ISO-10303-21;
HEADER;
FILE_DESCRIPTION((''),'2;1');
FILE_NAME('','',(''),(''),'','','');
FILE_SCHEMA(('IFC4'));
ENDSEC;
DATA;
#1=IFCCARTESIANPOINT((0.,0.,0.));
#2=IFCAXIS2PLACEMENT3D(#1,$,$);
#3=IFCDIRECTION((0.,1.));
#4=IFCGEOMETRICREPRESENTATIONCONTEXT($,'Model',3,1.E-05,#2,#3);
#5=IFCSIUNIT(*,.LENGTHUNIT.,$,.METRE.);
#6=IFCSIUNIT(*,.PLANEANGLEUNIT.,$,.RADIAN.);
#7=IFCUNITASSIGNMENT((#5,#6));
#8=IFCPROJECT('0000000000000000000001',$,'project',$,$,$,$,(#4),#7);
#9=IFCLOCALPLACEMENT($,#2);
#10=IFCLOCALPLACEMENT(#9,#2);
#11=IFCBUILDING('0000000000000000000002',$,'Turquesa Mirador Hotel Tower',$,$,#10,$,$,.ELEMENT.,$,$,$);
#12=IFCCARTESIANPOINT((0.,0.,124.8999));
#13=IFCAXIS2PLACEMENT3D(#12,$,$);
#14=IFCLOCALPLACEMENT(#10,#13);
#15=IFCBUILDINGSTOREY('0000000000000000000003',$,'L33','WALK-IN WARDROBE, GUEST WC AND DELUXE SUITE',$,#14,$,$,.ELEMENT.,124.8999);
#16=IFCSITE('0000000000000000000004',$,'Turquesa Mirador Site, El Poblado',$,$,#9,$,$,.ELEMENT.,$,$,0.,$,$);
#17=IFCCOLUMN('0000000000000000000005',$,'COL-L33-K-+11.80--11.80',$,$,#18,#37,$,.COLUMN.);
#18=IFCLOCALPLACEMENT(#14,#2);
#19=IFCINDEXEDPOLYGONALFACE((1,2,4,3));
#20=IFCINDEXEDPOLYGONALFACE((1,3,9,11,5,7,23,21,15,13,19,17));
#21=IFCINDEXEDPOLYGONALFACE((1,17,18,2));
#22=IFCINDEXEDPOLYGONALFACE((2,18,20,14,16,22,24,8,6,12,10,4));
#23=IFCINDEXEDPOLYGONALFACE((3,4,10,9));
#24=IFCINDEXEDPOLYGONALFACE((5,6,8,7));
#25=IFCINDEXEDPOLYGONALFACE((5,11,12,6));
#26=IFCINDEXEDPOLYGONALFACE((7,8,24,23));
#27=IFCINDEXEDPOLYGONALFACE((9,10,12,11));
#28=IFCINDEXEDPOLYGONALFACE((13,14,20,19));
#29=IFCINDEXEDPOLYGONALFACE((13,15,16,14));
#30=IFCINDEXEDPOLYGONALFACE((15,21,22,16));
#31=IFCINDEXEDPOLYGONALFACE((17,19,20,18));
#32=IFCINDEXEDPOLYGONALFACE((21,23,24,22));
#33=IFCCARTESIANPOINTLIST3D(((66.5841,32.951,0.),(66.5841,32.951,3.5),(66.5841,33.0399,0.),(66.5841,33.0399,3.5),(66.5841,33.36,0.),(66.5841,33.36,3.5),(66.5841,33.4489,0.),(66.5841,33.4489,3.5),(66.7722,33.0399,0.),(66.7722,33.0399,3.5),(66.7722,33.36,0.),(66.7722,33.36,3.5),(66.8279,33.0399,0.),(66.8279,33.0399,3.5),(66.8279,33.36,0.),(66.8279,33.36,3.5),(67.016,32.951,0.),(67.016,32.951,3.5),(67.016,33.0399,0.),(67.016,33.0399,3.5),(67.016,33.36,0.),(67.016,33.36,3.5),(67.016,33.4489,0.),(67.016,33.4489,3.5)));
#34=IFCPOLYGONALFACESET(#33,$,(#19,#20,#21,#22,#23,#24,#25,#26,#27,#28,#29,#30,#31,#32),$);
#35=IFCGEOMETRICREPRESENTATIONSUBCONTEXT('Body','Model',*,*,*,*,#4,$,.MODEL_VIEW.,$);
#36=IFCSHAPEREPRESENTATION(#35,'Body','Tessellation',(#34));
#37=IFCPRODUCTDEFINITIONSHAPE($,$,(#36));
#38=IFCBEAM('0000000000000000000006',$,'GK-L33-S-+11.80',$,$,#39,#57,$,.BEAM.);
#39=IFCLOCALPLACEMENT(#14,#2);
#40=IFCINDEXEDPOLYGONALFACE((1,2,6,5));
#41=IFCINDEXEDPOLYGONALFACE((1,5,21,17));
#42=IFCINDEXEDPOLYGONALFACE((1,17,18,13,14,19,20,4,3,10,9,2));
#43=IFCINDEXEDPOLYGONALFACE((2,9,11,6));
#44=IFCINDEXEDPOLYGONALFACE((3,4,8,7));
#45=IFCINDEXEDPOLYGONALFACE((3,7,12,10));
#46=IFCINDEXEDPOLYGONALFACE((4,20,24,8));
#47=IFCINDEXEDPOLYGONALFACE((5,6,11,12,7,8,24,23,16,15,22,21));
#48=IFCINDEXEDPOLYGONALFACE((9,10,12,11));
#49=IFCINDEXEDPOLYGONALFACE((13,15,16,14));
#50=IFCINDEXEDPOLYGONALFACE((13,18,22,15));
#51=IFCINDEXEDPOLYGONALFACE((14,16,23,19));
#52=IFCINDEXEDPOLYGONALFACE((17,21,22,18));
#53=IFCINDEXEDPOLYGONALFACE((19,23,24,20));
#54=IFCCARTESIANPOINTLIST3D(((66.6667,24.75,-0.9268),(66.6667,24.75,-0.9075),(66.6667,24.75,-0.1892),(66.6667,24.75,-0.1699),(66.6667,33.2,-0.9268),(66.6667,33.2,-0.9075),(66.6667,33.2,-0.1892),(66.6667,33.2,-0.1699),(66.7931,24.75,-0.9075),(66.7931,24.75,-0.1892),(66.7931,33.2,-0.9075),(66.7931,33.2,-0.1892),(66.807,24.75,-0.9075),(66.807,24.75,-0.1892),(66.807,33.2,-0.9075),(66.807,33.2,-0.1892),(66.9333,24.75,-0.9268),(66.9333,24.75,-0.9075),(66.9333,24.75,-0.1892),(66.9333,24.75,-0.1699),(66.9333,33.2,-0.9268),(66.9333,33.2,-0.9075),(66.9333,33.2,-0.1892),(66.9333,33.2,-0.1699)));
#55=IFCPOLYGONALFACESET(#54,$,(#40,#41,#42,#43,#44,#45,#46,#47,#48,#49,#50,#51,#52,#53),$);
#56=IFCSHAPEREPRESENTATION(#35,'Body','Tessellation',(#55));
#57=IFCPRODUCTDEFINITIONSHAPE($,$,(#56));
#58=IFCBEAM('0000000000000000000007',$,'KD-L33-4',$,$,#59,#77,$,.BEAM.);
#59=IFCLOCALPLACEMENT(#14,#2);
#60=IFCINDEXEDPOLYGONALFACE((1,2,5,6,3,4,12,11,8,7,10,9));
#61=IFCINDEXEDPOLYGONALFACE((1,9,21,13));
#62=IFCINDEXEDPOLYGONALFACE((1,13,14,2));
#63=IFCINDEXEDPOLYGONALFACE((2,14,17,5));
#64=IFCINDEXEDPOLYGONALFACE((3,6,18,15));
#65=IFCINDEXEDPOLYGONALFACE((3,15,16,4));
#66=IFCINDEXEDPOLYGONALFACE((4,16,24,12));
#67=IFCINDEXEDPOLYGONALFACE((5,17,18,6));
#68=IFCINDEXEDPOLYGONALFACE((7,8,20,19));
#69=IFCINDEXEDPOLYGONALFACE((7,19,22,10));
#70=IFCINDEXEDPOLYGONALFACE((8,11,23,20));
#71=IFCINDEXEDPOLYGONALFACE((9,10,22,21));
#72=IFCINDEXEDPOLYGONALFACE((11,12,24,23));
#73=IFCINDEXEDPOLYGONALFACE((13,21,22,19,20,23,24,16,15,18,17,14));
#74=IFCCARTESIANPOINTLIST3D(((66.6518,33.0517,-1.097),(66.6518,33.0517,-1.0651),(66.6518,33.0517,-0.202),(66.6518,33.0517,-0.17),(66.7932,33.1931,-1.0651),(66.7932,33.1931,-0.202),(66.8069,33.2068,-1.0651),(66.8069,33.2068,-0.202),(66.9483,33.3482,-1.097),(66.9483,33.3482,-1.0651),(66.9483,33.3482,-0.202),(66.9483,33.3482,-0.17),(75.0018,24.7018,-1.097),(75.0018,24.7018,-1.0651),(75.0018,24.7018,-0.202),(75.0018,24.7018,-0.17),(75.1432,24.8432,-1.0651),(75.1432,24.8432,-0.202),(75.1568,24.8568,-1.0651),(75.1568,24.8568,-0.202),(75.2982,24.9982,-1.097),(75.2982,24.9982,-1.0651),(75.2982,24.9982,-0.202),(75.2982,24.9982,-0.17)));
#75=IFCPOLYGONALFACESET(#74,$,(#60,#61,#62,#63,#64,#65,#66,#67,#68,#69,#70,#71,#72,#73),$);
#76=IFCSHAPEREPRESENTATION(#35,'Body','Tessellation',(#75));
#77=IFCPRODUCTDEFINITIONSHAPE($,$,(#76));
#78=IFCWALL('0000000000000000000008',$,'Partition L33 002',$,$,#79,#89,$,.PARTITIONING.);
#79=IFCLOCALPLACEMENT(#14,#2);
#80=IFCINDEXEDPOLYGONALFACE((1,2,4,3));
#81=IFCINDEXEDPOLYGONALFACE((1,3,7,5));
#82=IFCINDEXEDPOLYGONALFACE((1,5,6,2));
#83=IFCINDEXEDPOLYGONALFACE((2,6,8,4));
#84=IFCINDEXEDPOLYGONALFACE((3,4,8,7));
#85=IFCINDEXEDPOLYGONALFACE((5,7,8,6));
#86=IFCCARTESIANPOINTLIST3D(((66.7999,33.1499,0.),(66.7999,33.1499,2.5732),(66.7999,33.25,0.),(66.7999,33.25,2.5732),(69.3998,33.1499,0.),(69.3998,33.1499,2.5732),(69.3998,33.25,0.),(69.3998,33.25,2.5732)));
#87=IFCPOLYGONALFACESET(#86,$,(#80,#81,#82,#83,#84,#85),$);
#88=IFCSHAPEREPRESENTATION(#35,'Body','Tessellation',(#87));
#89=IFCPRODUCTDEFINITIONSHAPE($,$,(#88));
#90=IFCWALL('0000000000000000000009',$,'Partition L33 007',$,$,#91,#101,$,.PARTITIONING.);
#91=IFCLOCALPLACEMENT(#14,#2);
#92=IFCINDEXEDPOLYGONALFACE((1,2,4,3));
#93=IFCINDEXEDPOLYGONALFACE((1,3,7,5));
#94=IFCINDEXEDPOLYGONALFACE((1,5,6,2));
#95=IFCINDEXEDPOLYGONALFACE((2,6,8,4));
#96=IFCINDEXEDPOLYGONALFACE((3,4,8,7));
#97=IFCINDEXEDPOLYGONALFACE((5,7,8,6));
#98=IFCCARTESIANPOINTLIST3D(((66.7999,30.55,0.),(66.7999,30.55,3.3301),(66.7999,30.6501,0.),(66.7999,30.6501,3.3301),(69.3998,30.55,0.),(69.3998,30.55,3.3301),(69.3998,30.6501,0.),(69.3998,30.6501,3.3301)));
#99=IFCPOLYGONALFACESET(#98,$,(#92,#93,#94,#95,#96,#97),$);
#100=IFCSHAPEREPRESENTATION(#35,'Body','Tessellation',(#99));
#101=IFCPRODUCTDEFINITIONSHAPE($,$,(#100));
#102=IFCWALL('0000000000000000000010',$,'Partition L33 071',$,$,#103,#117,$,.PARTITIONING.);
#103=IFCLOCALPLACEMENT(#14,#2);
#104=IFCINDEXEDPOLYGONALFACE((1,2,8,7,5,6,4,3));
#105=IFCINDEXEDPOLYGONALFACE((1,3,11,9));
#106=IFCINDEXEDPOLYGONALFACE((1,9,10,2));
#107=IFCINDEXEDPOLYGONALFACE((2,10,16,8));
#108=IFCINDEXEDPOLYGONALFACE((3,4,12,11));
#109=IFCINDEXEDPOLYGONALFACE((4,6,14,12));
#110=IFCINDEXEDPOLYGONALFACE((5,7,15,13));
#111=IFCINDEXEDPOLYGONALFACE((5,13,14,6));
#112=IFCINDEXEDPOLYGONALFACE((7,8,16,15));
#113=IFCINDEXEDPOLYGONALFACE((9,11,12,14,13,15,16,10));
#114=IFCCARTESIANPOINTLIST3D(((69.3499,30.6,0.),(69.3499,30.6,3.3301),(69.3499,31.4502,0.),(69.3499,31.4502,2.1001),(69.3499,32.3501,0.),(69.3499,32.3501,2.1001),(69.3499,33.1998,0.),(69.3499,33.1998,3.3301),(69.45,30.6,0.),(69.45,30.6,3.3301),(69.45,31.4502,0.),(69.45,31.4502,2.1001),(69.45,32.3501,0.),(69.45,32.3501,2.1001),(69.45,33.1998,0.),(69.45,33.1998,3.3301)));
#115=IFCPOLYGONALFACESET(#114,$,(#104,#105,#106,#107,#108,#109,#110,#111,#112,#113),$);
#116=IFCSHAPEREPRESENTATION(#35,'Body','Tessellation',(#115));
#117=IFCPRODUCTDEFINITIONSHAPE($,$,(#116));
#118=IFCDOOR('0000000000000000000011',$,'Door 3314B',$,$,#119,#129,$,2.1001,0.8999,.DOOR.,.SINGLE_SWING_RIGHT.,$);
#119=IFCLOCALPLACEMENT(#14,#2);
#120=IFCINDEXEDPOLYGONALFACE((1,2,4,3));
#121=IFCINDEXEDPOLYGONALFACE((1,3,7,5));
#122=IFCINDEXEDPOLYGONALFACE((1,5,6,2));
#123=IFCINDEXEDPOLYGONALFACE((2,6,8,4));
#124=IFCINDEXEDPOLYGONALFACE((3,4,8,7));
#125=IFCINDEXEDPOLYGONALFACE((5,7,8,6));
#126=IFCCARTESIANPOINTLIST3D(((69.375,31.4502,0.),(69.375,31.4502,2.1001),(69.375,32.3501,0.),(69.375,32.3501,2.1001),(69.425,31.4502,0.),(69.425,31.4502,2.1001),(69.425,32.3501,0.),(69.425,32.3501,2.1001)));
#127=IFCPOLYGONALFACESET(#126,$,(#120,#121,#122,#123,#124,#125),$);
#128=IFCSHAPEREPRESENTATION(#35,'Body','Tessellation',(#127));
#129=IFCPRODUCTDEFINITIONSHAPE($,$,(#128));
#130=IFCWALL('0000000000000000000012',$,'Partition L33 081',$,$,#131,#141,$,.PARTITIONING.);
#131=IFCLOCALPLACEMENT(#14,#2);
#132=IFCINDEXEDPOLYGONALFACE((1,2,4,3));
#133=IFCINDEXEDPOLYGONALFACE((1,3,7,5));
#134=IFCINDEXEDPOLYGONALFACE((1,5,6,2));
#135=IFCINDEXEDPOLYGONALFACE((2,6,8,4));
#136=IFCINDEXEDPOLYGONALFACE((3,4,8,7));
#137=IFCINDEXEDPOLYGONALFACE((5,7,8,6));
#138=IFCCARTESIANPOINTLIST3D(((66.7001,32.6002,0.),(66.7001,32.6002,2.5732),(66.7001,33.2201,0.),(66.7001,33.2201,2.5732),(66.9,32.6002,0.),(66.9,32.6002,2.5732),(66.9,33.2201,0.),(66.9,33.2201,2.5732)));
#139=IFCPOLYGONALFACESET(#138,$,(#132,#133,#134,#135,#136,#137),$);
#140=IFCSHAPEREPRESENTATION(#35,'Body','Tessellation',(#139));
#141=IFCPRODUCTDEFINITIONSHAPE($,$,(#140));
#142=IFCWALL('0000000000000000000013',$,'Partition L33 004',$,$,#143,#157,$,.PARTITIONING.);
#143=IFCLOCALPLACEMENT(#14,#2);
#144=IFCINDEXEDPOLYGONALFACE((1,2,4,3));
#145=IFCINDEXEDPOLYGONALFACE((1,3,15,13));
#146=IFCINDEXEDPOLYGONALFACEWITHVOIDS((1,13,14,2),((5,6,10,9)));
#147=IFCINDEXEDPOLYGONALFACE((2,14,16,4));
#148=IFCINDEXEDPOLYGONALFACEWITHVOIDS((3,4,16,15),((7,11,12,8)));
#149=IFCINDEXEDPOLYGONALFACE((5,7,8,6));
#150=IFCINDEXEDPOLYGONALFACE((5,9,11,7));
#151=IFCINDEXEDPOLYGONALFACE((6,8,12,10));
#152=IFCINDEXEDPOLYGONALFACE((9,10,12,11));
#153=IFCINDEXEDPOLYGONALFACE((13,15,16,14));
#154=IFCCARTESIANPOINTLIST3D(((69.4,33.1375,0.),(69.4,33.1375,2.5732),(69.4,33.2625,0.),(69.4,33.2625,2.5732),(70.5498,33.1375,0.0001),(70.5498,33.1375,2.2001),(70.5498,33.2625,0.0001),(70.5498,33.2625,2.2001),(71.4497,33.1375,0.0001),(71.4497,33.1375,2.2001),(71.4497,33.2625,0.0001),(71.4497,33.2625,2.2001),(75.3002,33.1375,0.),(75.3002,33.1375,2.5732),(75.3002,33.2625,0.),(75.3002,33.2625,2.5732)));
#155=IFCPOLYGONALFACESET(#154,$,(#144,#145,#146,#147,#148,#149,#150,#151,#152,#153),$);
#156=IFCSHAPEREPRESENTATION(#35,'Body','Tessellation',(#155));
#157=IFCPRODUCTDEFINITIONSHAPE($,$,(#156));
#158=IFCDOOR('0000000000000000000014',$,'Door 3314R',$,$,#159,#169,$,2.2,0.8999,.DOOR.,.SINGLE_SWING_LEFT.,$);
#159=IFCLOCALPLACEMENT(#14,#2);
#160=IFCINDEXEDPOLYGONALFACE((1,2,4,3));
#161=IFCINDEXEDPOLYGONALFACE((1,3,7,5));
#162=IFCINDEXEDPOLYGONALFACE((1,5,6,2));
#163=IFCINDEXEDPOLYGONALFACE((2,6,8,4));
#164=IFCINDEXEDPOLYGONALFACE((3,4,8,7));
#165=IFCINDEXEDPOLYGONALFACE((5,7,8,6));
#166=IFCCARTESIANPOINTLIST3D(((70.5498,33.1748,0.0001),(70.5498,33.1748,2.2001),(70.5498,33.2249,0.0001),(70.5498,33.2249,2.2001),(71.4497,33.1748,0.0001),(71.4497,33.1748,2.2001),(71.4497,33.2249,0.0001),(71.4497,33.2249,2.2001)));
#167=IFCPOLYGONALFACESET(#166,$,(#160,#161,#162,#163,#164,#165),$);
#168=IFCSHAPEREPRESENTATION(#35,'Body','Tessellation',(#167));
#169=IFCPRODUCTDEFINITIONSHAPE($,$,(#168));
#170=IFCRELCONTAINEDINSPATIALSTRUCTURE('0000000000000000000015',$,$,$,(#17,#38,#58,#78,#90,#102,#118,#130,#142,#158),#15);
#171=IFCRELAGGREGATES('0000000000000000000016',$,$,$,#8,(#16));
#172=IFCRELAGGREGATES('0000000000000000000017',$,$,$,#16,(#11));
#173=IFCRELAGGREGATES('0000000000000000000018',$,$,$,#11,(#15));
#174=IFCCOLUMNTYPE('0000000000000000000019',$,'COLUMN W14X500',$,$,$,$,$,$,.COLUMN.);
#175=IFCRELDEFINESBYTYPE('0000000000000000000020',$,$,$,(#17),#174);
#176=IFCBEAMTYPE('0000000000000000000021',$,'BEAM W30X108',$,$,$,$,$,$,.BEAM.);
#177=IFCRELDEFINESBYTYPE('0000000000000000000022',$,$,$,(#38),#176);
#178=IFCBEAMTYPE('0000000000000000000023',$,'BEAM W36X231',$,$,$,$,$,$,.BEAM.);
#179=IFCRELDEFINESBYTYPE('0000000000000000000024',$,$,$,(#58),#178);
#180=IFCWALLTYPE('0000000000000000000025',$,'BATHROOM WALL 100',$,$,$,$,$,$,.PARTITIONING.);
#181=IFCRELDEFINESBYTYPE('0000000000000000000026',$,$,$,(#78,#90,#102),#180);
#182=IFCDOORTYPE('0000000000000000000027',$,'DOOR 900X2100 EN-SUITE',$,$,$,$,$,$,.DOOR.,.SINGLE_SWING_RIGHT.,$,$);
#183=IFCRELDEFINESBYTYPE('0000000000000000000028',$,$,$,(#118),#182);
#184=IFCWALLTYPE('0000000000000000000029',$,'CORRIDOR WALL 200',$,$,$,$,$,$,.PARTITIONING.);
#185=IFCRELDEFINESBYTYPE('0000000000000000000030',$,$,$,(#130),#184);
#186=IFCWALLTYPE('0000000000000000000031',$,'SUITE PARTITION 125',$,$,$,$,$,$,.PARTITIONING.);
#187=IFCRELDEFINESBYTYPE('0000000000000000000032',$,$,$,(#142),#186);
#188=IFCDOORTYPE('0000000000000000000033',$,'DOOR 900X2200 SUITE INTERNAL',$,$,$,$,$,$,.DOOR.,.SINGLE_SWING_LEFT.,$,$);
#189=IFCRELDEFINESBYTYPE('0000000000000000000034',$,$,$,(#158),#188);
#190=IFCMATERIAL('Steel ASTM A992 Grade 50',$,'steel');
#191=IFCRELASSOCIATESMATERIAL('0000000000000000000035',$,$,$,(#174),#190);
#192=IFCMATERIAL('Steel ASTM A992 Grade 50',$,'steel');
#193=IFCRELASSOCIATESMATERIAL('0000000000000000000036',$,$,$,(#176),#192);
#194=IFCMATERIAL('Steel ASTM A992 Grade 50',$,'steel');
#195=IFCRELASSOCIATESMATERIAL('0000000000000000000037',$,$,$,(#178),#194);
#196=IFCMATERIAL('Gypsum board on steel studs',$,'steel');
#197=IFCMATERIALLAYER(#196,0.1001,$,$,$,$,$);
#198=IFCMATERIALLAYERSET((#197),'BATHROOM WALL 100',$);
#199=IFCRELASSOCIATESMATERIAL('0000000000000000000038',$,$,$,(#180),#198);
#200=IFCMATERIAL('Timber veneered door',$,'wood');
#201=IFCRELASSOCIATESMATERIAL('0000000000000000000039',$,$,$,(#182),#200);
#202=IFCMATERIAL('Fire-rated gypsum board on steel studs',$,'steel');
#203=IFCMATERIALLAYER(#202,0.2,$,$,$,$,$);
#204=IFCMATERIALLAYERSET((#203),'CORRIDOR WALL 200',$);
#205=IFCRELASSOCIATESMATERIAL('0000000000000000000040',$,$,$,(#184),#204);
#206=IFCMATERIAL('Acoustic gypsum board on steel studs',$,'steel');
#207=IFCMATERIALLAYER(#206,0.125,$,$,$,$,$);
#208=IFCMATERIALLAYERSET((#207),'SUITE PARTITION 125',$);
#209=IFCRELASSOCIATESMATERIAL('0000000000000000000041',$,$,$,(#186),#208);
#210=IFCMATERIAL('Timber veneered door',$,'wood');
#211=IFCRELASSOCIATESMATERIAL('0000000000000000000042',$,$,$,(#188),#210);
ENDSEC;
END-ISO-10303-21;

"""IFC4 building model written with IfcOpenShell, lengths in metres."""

from ifc_helpers import new_model, si_unit, direction, frame, frame_2d, origin, origin_2d, place, context, subcontext, project, spatial, rectangle, i_section, extrude, material, layer, layer_set, material_profile, profile_set, type_object, element, fill, save


model = new_model("IFC4")

# Units and contexts
model_context = context("Model", 3, precision=1e-05, world=origin(), true_north=direction((0.0, 1.0)))
body_context = subcontext(model_context, "Body", "Model", "MODEL_VIEW")
ifc_project = project(units=[si_unit("LENGTHUNIT", "METRE"), si_unit("PLANEANGLEUNIT", "RADIAN")], contexts=[model_context])

# Site, building, storey
site_placement = place(None, origin())
site = spatial("IfcSite", under=ifc_project, at=site_placement, Name="Turquesa Mirador Site, El Poblado", CompositionType="ELEMENT", RefElevation=0.0)
building_placement = place(site_placement, origin())
building = spatial("IfcBuilding", under=site, at=building_placement, Name="Turquesa Mirador Hotel Tower", CompositionType="ELEMENT")
storey_placement = place(building_placement, frame((0.0, 0.0, 124.8999)))
storey = spatial("IfcBuildingStorey", under=building, at=storey_placement, Name="L33", Description="WALK-IN WARDROBE, GUEST WC AND DELUXE SUITE", CompositionType="ELEMENT", Elevation=124.8999)

# Column
ifc_material_1 = material(Name="Steel ASTM A992 Grade 50", Category="steel")
ifc_material_profile_1 = material_profile(ifc_material_1, i_section(OverallWidth=0.4319, OverallDepth=0.4978, WebThickness=0.0557, FlangeThickness=0.0889, at=origin_2d()), Name="W14X500")
ifc_profile_set_1 = profile_set([ifc_material_profile_1], Name="Steel ASTM A992 Grade 50")
column_type = type_object("IfcColumnType", Name="COLUMN W14X500", PredefinedType="COLUMN", material=ifc_profile_set_1)
column_placement = place(storey_placement, frame((66.8, 33.2, 0.0), z_axis=(0.0, 0.0, 1.0), x_axis=(1.0, 0.0, 0.0)))
element("IfcColumn", 1, at=column_placement, inside=storey, type_object=column_type, Name="COL-L33-K-+11.80--11.80", PredefinedType="COLUMN", context=body_context, shape_type="SweptSolid", body=[
    extrude(i_section(OverallWidth=0.4319, OverallDepth=0.4978, WebThickness=0.0557, FlangeThickness=0.0889, at=origin_2d()), origin(), (0.0, 0.0, 1.0), 3.5),
])

# Beams
ifc_material_2 = material(Name="Steel ASTM A992 Grade 50", Category="steel")
ifc_material_profile_2 = material_profile(ifc_material_2, i_section(OverallWidth=0.2666, OverallDepth=0.7568, WebThickness=0.0139, FlangeThickness=0.0193, at=origin_2d()), Name="W30X108")
ifc_profile_set_2 = profile_set([ifc_material_profile_2], Name="Steel ASTM A992 Grade 50")
beam_type_1 = type_object("IfcBeamType", Name="BEAM W30X108", PredefinedType="BEAM", material=ifc_profile_set_2)
beam_1_placement = place(storey_placement, frame((66.8, 24.75, -0.5483), z_axis=(0.0, 1.0, 0.0), x_axis=(-1.0, 0.0, 0.0)))
element("IfcBeam", 2, at=beam_1_placement, inside=storey, type_object=beam_type_1, Name="GK-L33-S-+11.80", PredefinedType="BEAM", context=body_context, shape_type="SweptSolid", body=[
    extrude(i_section(OverallWidth=0.2666, OverallDepth=0.7568, WebThickness=0.0139, FlangeThickness=0.0193, at=origin_2d()), origin(), (0.0, 0.0, 1.0), 8.45),
])
ifc_material_3 = material(Name="Steel ASTM A992 Grade 50", Category="steel")
ifc_material_profile_3 = material_profile(ifc_material_3, i_section(OverallWidth=0.4192, OverallDepth=0.927, WebThickness=0.0193, FlangeThickness=0.032, at=origin_2d()), Name="W36X231")
ifc_profile_set_3 = profile_set([ifc_material_profile_3], Name="Steel ASTM A992 Grade 50")
beam_type_2 = type_object("IfcBeamType", Name="BEAM W36X231", PredefinedType="BEAM", material=ifc_profile_set_3)
beam_2_placement = place(storey_placement, frame((66.8, 33.2, -0.6335), z_axis=(0.707107, -0.707107, 0.0), x_axis=(0.707107, 0.707107, 0.0)))
element("IfcBeam", 3, at=beam_2_placement, inside=storey, type_object=beam_type_2, Name="KD-L33-4", PredefinedType="BEAM", context=body_context, shape_type="SweptSolid", body=[
    extrude(i_section(OverallWidth=0.4192, OverallDepth=0.927, WebThickness=0.0193, FlangeThickness=0.032, at=origin_2d()), origin(), (0.0, 0.0, 1.0), 11.8086),
])

# Walls
ifc_material_4 = material(Name="Gypsum board on steel studs", Category="steel")
ifc_layer_1 = layer(ifc_material_4, 0.1001)
ifc_layer_set_1 = layer_set([ifc_layer_1], Name="BATHROOM WALL 100")
wall_type_1 = type_object("IfcWallType", Name="BATHROOM WALL 100", PredefinedType="PARTITIONING", material=ifc_layer_set_1)
wall_1_placement = place(storey_placement, frame((66.8, 33.2, 0.0), z_axis=(0.0, 0.0, 1.0), x_axis=(1.0, 0.0, 0.0)))
element("IfcWall", 4, at=wall_1_placement, inside=storey, type_object=wall_type_1, Name="Partition L33 002", PredefinedType="PARTITIONING", context=body_context, shape_type="SweptSolid", body=[
    extrude(rectangle(XDim=2.5999, YDim=0.1001, at=frame_2d((1.2998, 0.0))), origin(), (0.0, 0.0, 1.0), 2.5732),
])
wall_2_placement = place(storey_placement, frame((66.8, 30.6001, 0.0), z_axis=(0.0, 0.0, 1.0), x_axis=(1.0, 0.0, 0.0)))
element("IfcWall", 5, at=wall_2_placement, inside=storey, type_object=wall_type_1, Name="Partition L33 007", PredefinedType="PARTITIONING", context=body_context, shape_type="SweptSolid", body=[
    extrude(rectangle(XDim=2.5999, YDim=0.1001, at=frame_2d((1.2998, 0.0))), origin(), (0.0, 0.0, 1.0), 3.3301),
])

# Wall, opening, door
wall_3_placement = place(storey_placement, frame((69.3999, 30.6001, 0.0), z_axis=(0.0, 0.0, 1.0), x_axis=(0.0, 1.0, 0.0)))
wall_3 = element("IfcWall", 6, at=wall_3_placement, inside=storey, type_object=wall_type_1, Name="Partition L33 071", PredefinedType="PARTITIONING", context=body_context, shape_type="SweptSolid", body=[
    extrude(rectangle(XDim=2.5999, YDim=0.1001, at=frame_2d((1.2998, 0.0))), origin(), (0.0, 0.0, 1.0), 3.3301),
])
opening_1_placement = place(wall_3_placement, frame((0.8501, 0.0, 0.0)))
opening_1 = element("IfcOpeningElement", 7, at=opening_1_placement, cuts=wall_3, PredefinedType="OPENING", context=body_context, shape_type="SweptSolid", body=[
    extrude(rectangle(XDim=0.8999, YDim=2.1001, at=frame_2d((0.45, 1.05))), frame((0.0, 0.0601, 0.0), z_axis=(0.0, -1.0, 0.0), x_axis=(1.0, 0.0, 0.0)), (0.0, 0.0, 1.0), 0.1201),
])
ifc_material_5 = material(Name="Timber veneered door", Category="wood")
door_type_1 = type_object("IfcDoorType", Name="DOOR 900X2100 EN-SUITE", OperationType="SINGLE_SWING_RIGHT", PredefinedType="DOOR", material=ifc_material_5)
door_1_placement = place(opening_1_placement, origin())
door_1 = element("IfcDoor", 8, at=door_1_placement, inside=storey, type_object=door_type_1, Name="Door 3314B", OperationType="SINGLE_SWING_RIGHT", OverallHeight=2.1001, OverallWidth=0.8999, PredefinedType="DOOR", context=body_context, shape_type="SweptSolid", body=[
    extrude(rectangle(XDim=0.8999, YDim=2.1001, at=frame_2d((0.45, 1.05))), frame((0.0, 0.0249, 0.0), z_axis=(0.0, -1.0, 0.0), x_axis=(1.0, 0.0, 0.0)), (0.0, 0.0, 1.0), 0.05),
])
fill(opening_1, door_1)

# Wall
ifc_material_6 = material(Name="Fire-rated gypsum board on steel studs", Category="steel")
ifc_layer_2 = layer(ifc_material_6, 0.2)
ifc_layer_set_2 = layer_set([ifc_layer_2], Name="CORRIDOR WALL 200")
wall_type_2 = type_object("IfcWallType", Name="CORRIDOR WALL 200", PredefinedType="PARTITIONING", material=ifc_layer_set_2)
wall_4_placement = place(storey_placement, frame((66.8, 32.6001, 0.0), z_axis=(0.0, 0.0, 1.0), x_axis=(0.0, 1.0, 0.0)))
element("IfcWall", 9, at=wall_4_placement, inside=storey, type_object=wall_type_2, Name="Partition L33 081", PredefinedType="PARTITIONING", context=body_context, shape_type="SweptSolid", body=[
    extrude(rectangle(XDim=0.6199, YDim=0.2, at=frame_2d((0.3101, 0.0))), origin(), (0.0, 0.0, 1.0), 2.5732),
])

# Wall, opening, door
ifc_material_7 = material(Name="Acoustic gypsum board on steel studs", Category="steel")
ifc_layer_3 = layer(ifc_material_7, 0.125)
ifc_layer_set_3 = layer_set([ifc_layer_3], Name="SUITE PARTITION 125")
wall_type_3 = type_object("IfcWallType", Name="SUITE PARTITION 125", PredefinedType="PARTITIONING", material=ifc_layer_set_3)
wall_5_placement = place(storey_placement, frame((69.3999, 33.2, 0.0), z_axis=(0.0, 0.0, 1.0), x_axis=(1.0, 0.0, 0.0)))
wall_5 = element("IfcWall", 10, at=wall_5_placement, inside=storey, type_object=wall_type_3, Name="Partition L33 004", PredefinedType="PARTITIONING", context=body_context, shape_type="SweptSolid", body=[
    extrude(rectangle(XDim=5.9001, YDim=0.125, at=frame_2d((2.9502, 0.0))), origin(), (0.0, 0.0, 1.0), 2.5732),
])
opening_2_placement = place(wall_5_placement, frame((1.1499, 0.0, 0.0)))
opening_2 = element("IfcOpeningElement", 11, at=opening_2_placement, cuts=wall_5, PredefinedType="OPENING", context=body_context, shape_type="SweptSolid", body=[
    extrude(rectangle(XDim=0.8999, YDim=2.2, at=frame_2d((0.45, 1.1001))), frame((0.0, 0.0725, 0.0), z_axis=(0.0, -1.0, 0.0), x_axis=(1.0, 0.0, 0.0)), (0.0, 0.0, 1.0), 0.145),
])
ifc_material_8 = material(Name="Timber veneered door", Category="wood")
door_type_2 = type_object("IfcDoorType", Name="DOOR 900X2200 SUITE INTERNAL", OperationType="SINGLE_SWING_LEFT", PredefinedType="DOOR", material=ifc_material_8)
door_2_placement = place(opening_2_placement, origin())
door_2 = element("IfcDoor", 12, at=door_2_placement, inside=storey, type_object=door_type_2, Name="Door 3314R", OperationType="SINGLE_SWING_LEFT", OverallHeight=2.2, OverallWidth=0.8999, PredefinedType="DOOR", context=body_context, shape_type="SweptSolid", body=[
    extrude(rectangle(XDim=0.8999, YDim=2.2, at=frame_2d((0.45, 1.1001))), frame((0.0, 0.0249, 0.0), z_axis=(0.0, -1.0, 0.0), x_axis=(1.0, 0.0, 0.0)), (0.0, 0.0, 1.0), 0.05),
])
fill(opening_2, door_2)

save(model, "model.ifc")
